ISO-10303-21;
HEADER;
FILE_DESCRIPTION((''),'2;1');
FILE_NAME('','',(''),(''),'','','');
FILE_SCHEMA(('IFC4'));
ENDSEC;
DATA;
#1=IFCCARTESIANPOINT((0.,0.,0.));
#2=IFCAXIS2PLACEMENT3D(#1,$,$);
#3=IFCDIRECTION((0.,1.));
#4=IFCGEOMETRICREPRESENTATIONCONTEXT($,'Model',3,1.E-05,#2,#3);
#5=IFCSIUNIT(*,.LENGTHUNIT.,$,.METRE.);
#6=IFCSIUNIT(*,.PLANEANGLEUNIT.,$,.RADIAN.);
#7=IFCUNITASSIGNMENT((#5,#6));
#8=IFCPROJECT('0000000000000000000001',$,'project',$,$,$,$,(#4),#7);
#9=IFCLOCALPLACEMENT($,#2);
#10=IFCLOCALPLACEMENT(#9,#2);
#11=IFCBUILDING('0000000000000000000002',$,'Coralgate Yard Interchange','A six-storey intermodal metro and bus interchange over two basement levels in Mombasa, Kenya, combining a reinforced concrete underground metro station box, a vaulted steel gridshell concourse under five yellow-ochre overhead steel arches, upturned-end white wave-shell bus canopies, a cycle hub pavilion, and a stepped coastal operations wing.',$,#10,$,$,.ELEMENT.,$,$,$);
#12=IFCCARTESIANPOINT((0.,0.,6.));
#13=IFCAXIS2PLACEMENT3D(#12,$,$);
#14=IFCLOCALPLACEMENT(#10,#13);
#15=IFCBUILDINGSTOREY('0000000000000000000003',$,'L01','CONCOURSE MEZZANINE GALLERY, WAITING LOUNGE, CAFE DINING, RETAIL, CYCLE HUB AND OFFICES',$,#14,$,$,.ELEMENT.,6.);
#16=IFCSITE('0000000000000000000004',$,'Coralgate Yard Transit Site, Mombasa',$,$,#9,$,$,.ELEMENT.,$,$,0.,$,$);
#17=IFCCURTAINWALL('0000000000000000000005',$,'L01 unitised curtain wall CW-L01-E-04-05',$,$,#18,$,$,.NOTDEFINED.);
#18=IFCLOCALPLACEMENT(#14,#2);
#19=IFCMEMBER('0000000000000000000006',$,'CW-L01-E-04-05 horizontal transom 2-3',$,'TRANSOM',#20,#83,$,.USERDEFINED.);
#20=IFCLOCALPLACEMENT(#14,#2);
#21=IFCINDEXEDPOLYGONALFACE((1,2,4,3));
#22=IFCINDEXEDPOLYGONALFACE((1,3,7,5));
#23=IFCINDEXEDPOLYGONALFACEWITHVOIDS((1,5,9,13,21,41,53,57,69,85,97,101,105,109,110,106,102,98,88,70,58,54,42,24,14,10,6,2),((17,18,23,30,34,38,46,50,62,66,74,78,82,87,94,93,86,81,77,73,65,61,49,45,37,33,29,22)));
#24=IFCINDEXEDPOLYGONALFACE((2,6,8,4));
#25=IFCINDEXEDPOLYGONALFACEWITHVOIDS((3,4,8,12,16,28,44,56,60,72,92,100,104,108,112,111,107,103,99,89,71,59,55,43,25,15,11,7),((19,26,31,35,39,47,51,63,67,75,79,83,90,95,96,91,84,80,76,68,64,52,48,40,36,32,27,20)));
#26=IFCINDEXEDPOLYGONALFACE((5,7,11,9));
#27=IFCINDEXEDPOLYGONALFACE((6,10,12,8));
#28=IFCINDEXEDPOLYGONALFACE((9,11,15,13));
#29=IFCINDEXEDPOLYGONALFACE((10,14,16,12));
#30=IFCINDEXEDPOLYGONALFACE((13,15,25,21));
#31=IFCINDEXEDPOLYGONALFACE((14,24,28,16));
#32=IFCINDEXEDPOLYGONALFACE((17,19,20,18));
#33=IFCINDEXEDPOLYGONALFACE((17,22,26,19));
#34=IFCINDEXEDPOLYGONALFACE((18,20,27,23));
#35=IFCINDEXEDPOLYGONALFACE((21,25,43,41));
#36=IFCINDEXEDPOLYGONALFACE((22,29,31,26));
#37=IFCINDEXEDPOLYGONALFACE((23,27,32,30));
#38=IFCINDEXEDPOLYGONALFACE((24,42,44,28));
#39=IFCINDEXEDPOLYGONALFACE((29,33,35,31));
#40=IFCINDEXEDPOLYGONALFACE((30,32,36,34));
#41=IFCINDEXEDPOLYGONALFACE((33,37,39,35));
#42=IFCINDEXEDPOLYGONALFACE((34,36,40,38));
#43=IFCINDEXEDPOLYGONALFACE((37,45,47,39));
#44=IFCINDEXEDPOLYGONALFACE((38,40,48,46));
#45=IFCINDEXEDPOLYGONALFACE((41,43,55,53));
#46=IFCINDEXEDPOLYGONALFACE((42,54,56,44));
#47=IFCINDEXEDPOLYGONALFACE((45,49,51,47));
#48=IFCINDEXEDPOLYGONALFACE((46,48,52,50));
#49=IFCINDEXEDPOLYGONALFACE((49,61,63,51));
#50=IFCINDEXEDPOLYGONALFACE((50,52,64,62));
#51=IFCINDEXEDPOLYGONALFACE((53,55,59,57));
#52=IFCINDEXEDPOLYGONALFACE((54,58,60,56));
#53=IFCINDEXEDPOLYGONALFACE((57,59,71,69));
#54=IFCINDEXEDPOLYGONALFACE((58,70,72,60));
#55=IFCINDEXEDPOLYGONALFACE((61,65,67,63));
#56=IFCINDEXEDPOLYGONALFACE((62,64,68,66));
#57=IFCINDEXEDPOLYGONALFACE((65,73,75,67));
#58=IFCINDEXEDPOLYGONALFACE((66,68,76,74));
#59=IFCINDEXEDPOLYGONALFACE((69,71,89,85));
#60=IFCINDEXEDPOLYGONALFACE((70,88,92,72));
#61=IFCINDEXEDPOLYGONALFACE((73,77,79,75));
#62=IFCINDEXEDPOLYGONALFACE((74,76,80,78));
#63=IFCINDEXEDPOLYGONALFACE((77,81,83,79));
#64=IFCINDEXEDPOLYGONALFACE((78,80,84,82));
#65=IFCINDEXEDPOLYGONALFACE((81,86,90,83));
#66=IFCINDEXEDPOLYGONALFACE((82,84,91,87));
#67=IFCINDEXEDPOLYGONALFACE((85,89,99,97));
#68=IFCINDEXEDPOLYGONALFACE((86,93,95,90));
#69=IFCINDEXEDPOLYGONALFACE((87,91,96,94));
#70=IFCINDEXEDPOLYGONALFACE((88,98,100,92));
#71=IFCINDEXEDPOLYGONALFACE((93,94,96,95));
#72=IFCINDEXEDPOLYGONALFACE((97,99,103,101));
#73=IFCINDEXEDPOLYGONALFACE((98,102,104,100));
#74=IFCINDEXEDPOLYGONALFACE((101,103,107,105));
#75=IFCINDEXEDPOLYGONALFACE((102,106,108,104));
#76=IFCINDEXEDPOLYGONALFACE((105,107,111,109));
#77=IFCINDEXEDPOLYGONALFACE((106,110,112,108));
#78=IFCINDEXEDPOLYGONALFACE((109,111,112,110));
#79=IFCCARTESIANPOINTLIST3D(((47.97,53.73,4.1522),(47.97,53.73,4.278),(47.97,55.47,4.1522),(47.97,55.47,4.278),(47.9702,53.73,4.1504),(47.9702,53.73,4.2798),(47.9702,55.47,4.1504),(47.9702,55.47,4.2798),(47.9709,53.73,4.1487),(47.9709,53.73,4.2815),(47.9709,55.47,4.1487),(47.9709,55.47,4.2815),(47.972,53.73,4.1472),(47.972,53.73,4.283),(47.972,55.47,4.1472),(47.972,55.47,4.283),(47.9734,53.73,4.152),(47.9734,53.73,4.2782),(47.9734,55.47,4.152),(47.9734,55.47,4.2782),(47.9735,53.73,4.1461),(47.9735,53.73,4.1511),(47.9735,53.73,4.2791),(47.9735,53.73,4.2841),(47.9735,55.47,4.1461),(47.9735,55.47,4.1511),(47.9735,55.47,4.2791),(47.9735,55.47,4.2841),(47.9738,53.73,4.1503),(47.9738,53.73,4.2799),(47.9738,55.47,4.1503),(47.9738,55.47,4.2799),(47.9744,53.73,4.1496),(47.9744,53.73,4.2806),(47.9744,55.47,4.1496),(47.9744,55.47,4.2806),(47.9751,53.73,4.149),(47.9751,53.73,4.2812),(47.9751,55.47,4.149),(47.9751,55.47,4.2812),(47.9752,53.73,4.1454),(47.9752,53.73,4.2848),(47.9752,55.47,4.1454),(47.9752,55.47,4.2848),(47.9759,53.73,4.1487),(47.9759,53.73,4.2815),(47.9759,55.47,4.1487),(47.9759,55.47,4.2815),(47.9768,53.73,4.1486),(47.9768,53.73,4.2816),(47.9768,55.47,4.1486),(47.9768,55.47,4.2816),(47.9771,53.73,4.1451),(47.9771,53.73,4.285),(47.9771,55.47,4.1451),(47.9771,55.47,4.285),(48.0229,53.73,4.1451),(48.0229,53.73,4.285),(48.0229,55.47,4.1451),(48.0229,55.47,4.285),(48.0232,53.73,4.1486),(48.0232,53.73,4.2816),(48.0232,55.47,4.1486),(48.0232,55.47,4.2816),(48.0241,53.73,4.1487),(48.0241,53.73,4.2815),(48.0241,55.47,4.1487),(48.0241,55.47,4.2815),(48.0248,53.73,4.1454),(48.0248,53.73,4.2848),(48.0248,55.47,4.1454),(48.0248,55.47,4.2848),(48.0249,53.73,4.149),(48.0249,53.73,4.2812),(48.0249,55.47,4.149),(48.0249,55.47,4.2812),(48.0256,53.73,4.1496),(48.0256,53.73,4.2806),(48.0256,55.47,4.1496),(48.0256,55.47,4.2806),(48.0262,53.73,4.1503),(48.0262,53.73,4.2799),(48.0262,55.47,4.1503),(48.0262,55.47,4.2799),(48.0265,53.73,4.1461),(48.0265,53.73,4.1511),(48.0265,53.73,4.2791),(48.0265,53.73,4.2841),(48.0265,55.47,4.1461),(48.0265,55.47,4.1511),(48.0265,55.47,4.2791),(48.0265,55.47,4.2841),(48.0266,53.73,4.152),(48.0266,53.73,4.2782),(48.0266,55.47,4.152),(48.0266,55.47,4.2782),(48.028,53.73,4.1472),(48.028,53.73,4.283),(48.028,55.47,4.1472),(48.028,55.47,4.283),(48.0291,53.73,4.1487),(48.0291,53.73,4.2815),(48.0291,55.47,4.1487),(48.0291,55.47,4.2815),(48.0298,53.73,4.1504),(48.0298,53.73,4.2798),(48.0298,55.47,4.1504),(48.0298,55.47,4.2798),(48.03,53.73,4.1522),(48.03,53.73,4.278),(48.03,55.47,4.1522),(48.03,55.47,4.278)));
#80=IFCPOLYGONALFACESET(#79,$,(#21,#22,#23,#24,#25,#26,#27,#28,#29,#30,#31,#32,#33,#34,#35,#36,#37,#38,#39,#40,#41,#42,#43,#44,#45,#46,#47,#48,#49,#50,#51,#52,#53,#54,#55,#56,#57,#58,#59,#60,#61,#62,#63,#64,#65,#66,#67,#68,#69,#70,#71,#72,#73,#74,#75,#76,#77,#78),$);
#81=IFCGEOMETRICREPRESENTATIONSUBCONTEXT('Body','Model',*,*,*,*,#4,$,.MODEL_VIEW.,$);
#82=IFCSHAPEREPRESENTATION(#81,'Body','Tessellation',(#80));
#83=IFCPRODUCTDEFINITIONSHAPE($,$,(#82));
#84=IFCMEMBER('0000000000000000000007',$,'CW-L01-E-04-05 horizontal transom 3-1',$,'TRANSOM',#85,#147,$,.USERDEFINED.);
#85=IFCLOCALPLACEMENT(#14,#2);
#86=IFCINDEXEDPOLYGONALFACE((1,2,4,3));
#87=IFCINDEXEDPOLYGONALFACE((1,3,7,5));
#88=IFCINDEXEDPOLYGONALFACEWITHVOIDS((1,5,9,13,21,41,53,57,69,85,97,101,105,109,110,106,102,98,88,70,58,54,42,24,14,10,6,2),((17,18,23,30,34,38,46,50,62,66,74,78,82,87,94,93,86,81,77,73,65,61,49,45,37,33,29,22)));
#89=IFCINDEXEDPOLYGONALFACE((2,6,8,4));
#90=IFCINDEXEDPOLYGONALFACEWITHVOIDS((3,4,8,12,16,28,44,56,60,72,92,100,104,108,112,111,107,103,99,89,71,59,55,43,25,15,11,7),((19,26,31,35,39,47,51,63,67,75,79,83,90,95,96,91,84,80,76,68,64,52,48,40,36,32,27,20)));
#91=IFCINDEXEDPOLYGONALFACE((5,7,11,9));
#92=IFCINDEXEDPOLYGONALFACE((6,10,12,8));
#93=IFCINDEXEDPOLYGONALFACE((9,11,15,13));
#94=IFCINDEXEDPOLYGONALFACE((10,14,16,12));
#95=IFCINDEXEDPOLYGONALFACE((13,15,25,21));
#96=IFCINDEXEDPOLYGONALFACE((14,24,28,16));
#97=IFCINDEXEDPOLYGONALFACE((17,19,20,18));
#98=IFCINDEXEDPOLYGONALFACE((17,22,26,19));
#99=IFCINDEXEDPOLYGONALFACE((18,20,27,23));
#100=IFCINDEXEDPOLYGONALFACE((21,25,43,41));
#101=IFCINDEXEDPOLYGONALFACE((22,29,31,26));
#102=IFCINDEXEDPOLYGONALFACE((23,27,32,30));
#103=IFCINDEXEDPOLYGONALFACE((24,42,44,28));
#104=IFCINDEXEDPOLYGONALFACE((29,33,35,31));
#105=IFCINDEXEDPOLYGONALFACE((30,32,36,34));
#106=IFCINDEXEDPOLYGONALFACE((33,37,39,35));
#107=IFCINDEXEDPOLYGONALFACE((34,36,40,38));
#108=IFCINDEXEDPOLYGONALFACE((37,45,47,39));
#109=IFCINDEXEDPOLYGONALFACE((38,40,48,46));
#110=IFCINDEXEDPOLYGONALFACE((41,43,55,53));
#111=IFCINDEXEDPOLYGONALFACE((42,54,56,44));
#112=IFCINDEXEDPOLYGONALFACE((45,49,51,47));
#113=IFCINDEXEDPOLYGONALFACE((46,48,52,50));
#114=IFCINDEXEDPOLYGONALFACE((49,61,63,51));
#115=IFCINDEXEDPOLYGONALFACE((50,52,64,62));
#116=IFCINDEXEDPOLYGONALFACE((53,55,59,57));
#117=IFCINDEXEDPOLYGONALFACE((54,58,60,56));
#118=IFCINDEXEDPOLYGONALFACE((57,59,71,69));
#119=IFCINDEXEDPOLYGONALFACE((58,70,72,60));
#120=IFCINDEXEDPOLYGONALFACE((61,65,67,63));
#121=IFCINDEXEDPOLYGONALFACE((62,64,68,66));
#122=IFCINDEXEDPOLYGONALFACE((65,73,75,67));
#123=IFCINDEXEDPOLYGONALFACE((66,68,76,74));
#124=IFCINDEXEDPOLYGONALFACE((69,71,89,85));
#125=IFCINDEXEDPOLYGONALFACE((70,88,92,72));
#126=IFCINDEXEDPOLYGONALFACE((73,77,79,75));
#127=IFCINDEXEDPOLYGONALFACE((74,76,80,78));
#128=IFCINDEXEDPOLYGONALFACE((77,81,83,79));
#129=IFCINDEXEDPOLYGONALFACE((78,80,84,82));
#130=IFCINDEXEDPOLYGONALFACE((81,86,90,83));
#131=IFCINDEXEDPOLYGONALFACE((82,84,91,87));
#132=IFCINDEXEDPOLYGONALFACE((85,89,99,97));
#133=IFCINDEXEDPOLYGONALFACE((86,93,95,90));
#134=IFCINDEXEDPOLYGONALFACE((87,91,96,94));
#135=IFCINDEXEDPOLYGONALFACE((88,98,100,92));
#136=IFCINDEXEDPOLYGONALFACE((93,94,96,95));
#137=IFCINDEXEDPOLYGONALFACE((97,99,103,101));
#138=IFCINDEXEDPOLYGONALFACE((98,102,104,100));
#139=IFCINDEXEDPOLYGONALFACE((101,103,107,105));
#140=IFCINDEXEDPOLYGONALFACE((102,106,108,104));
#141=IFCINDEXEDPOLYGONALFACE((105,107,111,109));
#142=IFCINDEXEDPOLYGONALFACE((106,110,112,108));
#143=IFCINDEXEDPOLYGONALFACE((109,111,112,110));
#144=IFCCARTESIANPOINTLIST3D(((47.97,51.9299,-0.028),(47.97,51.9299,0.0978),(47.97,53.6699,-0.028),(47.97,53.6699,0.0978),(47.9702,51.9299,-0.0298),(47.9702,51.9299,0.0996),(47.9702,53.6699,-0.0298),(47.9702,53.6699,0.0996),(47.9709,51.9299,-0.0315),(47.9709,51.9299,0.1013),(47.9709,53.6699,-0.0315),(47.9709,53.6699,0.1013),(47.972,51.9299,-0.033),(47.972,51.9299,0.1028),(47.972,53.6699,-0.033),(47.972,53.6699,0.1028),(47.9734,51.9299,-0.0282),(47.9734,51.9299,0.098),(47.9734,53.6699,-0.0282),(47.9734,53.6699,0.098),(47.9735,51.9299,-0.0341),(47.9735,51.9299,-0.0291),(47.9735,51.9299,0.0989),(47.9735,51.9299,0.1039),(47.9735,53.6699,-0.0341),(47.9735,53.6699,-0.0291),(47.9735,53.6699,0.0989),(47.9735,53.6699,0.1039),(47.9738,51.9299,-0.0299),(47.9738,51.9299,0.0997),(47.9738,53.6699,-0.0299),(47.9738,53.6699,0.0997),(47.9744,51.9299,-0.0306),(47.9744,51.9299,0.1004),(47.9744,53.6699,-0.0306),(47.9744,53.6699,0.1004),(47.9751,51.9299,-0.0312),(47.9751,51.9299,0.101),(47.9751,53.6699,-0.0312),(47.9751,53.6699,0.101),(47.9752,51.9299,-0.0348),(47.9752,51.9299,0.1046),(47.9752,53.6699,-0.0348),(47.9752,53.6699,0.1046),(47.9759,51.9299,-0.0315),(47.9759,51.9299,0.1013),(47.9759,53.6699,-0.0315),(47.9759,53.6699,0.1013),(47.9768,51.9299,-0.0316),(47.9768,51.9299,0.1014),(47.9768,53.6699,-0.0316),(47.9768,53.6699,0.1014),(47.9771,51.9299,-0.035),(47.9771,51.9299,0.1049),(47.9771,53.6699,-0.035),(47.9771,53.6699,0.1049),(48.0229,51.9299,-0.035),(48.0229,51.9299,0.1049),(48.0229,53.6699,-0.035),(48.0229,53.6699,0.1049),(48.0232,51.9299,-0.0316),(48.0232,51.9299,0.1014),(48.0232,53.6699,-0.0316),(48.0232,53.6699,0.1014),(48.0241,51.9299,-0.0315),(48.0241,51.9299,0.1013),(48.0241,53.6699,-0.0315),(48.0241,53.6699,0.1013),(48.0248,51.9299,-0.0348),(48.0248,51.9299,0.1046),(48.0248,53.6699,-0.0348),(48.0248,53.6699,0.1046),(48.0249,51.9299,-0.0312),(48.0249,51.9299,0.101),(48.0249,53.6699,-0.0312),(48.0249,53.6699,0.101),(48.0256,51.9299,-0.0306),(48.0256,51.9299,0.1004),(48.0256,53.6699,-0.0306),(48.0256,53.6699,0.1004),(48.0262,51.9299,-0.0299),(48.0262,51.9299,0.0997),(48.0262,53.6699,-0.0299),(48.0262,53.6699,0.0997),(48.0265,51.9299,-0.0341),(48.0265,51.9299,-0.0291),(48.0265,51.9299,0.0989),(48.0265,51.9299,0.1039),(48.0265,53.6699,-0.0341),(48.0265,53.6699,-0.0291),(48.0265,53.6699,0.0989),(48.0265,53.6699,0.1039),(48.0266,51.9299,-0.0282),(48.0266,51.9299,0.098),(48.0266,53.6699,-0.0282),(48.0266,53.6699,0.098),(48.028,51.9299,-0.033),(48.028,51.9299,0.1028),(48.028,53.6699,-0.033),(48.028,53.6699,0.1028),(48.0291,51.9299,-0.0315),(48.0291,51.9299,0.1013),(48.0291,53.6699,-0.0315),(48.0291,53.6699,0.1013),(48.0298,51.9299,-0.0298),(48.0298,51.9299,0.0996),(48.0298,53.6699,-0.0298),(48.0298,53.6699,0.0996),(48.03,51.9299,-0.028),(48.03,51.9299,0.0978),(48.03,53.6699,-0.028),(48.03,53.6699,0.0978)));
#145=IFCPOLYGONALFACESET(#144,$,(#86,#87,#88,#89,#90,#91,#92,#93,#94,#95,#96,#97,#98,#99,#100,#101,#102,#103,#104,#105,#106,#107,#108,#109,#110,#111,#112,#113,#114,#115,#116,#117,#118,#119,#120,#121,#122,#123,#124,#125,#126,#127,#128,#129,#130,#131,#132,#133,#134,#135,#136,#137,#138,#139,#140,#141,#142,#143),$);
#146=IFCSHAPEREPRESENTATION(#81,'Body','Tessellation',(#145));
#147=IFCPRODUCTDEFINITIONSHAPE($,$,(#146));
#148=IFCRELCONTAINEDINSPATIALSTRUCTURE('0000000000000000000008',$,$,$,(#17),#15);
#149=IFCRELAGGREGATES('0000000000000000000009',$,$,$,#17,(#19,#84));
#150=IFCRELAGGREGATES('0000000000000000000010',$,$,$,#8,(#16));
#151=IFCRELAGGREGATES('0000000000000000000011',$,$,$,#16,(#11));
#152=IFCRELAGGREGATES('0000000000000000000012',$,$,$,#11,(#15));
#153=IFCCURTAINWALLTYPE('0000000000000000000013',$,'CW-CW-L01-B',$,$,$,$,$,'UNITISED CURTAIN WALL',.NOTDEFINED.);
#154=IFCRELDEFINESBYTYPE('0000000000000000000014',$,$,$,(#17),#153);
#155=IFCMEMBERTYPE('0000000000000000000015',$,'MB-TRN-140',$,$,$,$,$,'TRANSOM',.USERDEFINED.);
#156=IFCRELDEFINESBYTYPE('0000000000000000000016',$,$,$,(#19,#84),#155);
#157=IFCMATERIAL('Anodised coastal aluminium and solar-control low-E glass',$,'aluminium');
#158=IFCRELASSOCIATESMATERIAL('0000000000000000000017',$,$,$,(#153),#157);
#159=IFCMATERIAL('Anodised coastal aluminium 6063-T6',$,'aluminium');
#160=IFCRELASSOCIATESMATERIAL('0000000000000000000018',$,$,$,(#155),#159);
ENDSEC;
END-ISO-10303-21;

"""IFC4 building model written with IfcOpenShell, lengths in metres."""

from ifc_helpers import new_model, si_unit, direction, frame, origin, origin_2d, place, context, subcontext, project, spatial, hollow_rectangle, extrude, material, material_profile, profile_set, type_object, element, aggregate, save


model = new_model("IFC4")

# Units and contexts
model_context = context("Model", 3, precision=1e-05, world=origin(), true_north=direction((0.0, 1.0)))
body_context = subcontext(model_context, "Body", "Model", "MODEL_VIEW")
ifc_project = project(units=[si_unit("LENGTHUNIT", "METRE"), si_unit("PLANEANGLEUNIT", "RADIAN")], contexts=[model_context])

# Site, building, storey
site_placement = place(None, origin())
site = spatial("IfcSite", under=ifc_project, at=site_placement, Name="Coralgate Yard Transit Site, Mombasa", CompositionType="ELEMENT", RefElevation=0.0)
building_placement = place(site_placement, origin())
building = spatial("IfcBuilding", under=site, at=building_placement, Name="Coralgate Yard Interchange", Description="A six-storey intermodal metro and bus interchange over two basement levels in Mombasa, Kenya, combining a reinforced concrete underground metro station box, a vaulted steel gridshell concourse under five yellow-ochre overhead steel arches, upturned-end white wave-shell bus canopies, a cycle hub pavilion, and a stepped coastal operations wing.", CompositionType="ELEMENT")
storey_placement = place(building_placement, frame((0.0, 0.0, 6.0)))
storey = spatial("IfcBuildingStorey", under=building, at=storey_placement, Name="L01", Description="CONCOURSE MEZZANINE GALLERY, WAITING LOUNGE, CAFE DINING, RETAIL, CYCLE HUB AND OFFICES", CompositionType="ELEMENT", Elevation=6.0)

# Curtain wall, members
ifc_material_1 = material(Name="Anodised coastal aluminium and solar-control low-E glass", Category="aluminium")
curtain_wall_type = type_object("IfcCurtainWallType", Name="CW-CW-L01-B", ElementType="UNITISED CURTAIN WALL", PredefinedType="NOTDEFINED", material=ifc_material_1)
curtain_wall_placement = place(storey_placement, origin())
curtain_wall = element("IfcCurtainWall", 1, at=curtain_wall_placement, inside=storey, type_object=curtain_wall_type, Name="L01 unitised curtain wall CW-L01-E-04-05", PredefinedType="NOTDEFINED")
ifc_material_2 = material(Name="Anodised coastal aluminium 6063-T6", Category="aluminium")
ifc_material_profile_1 = material_profile(ifc_material_2, hollow_rectangle(XDim=0.0601, YDim=0.1399, WallThickness=0.0034, InnerFilletRadius=0.0034, OuterFilletRadius=0.0071, at=origin_2d()), Name="ALU 60x140x3.5")
ifc_profile_set_1 = profile_set([ifc_material_profile_1], Name="Anodised coastal aluminium 6063-T6")
member_type_1 = type_object("IfcMemberType", Name="MB-TRN-140", ElementType="TRANSOM", PredefinedType="USERDEFINED", material=ifc_profile_set_1)
member_1_placement = place(storey_placement, frame((48.0, 55.47, 4.2151), z_axis=(0.0, -1.0, 0.0), x_axis=(1.0, 0.0, 0.0)))
member_1 = element("IfcMember", 2, at=member_1_placement, type_object=member_type_1, Name="CW-L01-E-04-05 horizontal transom 2-3", ObjectType="TRANSOM", PredefinedType="USERDEFINED", context=body_context, shape_type="SweptSolid", body=[
    extrude(hollow_rectangle(XDim=0.0601, YDim=0.1399, WallThickness=0.0034, InnerFilletRadius=0.0034, OuterFilletRadius=0.0071, at=origin_2d()), origin(), (0.0, 0.0, 1.0), 1.74),
])
member_2_placement = place(storey_placement, frame((48.0, 53.6699, 0.0349), z_axis=(0.0, -1.0, 0.0), x_axis=(1.0, 0.0, 0.0)))
member_2 = element("IfcMember", 3, at=member_2_placement, type_object=member_type_1, Name="CW-L01-E-04-05 horizontal transom 3-1", ObjectType="TRANSOM", PredefinedType="USERDEFINED", context=body_context, shape_type="SweptSolid", body=[
    extrude(hollow_rectangle(XDim=0.0601, YDim=0.1399, WallThickness=0.0034, InnerFilletRadius=0.0034, OuterFilletRadius=0.0071, at=origin_2d()), origin(), (0.0, 0.0, 1.0), 1.74),
])
aggregate(curtain_wall, [member_1, member_2])

save(model, "model.ifc")
